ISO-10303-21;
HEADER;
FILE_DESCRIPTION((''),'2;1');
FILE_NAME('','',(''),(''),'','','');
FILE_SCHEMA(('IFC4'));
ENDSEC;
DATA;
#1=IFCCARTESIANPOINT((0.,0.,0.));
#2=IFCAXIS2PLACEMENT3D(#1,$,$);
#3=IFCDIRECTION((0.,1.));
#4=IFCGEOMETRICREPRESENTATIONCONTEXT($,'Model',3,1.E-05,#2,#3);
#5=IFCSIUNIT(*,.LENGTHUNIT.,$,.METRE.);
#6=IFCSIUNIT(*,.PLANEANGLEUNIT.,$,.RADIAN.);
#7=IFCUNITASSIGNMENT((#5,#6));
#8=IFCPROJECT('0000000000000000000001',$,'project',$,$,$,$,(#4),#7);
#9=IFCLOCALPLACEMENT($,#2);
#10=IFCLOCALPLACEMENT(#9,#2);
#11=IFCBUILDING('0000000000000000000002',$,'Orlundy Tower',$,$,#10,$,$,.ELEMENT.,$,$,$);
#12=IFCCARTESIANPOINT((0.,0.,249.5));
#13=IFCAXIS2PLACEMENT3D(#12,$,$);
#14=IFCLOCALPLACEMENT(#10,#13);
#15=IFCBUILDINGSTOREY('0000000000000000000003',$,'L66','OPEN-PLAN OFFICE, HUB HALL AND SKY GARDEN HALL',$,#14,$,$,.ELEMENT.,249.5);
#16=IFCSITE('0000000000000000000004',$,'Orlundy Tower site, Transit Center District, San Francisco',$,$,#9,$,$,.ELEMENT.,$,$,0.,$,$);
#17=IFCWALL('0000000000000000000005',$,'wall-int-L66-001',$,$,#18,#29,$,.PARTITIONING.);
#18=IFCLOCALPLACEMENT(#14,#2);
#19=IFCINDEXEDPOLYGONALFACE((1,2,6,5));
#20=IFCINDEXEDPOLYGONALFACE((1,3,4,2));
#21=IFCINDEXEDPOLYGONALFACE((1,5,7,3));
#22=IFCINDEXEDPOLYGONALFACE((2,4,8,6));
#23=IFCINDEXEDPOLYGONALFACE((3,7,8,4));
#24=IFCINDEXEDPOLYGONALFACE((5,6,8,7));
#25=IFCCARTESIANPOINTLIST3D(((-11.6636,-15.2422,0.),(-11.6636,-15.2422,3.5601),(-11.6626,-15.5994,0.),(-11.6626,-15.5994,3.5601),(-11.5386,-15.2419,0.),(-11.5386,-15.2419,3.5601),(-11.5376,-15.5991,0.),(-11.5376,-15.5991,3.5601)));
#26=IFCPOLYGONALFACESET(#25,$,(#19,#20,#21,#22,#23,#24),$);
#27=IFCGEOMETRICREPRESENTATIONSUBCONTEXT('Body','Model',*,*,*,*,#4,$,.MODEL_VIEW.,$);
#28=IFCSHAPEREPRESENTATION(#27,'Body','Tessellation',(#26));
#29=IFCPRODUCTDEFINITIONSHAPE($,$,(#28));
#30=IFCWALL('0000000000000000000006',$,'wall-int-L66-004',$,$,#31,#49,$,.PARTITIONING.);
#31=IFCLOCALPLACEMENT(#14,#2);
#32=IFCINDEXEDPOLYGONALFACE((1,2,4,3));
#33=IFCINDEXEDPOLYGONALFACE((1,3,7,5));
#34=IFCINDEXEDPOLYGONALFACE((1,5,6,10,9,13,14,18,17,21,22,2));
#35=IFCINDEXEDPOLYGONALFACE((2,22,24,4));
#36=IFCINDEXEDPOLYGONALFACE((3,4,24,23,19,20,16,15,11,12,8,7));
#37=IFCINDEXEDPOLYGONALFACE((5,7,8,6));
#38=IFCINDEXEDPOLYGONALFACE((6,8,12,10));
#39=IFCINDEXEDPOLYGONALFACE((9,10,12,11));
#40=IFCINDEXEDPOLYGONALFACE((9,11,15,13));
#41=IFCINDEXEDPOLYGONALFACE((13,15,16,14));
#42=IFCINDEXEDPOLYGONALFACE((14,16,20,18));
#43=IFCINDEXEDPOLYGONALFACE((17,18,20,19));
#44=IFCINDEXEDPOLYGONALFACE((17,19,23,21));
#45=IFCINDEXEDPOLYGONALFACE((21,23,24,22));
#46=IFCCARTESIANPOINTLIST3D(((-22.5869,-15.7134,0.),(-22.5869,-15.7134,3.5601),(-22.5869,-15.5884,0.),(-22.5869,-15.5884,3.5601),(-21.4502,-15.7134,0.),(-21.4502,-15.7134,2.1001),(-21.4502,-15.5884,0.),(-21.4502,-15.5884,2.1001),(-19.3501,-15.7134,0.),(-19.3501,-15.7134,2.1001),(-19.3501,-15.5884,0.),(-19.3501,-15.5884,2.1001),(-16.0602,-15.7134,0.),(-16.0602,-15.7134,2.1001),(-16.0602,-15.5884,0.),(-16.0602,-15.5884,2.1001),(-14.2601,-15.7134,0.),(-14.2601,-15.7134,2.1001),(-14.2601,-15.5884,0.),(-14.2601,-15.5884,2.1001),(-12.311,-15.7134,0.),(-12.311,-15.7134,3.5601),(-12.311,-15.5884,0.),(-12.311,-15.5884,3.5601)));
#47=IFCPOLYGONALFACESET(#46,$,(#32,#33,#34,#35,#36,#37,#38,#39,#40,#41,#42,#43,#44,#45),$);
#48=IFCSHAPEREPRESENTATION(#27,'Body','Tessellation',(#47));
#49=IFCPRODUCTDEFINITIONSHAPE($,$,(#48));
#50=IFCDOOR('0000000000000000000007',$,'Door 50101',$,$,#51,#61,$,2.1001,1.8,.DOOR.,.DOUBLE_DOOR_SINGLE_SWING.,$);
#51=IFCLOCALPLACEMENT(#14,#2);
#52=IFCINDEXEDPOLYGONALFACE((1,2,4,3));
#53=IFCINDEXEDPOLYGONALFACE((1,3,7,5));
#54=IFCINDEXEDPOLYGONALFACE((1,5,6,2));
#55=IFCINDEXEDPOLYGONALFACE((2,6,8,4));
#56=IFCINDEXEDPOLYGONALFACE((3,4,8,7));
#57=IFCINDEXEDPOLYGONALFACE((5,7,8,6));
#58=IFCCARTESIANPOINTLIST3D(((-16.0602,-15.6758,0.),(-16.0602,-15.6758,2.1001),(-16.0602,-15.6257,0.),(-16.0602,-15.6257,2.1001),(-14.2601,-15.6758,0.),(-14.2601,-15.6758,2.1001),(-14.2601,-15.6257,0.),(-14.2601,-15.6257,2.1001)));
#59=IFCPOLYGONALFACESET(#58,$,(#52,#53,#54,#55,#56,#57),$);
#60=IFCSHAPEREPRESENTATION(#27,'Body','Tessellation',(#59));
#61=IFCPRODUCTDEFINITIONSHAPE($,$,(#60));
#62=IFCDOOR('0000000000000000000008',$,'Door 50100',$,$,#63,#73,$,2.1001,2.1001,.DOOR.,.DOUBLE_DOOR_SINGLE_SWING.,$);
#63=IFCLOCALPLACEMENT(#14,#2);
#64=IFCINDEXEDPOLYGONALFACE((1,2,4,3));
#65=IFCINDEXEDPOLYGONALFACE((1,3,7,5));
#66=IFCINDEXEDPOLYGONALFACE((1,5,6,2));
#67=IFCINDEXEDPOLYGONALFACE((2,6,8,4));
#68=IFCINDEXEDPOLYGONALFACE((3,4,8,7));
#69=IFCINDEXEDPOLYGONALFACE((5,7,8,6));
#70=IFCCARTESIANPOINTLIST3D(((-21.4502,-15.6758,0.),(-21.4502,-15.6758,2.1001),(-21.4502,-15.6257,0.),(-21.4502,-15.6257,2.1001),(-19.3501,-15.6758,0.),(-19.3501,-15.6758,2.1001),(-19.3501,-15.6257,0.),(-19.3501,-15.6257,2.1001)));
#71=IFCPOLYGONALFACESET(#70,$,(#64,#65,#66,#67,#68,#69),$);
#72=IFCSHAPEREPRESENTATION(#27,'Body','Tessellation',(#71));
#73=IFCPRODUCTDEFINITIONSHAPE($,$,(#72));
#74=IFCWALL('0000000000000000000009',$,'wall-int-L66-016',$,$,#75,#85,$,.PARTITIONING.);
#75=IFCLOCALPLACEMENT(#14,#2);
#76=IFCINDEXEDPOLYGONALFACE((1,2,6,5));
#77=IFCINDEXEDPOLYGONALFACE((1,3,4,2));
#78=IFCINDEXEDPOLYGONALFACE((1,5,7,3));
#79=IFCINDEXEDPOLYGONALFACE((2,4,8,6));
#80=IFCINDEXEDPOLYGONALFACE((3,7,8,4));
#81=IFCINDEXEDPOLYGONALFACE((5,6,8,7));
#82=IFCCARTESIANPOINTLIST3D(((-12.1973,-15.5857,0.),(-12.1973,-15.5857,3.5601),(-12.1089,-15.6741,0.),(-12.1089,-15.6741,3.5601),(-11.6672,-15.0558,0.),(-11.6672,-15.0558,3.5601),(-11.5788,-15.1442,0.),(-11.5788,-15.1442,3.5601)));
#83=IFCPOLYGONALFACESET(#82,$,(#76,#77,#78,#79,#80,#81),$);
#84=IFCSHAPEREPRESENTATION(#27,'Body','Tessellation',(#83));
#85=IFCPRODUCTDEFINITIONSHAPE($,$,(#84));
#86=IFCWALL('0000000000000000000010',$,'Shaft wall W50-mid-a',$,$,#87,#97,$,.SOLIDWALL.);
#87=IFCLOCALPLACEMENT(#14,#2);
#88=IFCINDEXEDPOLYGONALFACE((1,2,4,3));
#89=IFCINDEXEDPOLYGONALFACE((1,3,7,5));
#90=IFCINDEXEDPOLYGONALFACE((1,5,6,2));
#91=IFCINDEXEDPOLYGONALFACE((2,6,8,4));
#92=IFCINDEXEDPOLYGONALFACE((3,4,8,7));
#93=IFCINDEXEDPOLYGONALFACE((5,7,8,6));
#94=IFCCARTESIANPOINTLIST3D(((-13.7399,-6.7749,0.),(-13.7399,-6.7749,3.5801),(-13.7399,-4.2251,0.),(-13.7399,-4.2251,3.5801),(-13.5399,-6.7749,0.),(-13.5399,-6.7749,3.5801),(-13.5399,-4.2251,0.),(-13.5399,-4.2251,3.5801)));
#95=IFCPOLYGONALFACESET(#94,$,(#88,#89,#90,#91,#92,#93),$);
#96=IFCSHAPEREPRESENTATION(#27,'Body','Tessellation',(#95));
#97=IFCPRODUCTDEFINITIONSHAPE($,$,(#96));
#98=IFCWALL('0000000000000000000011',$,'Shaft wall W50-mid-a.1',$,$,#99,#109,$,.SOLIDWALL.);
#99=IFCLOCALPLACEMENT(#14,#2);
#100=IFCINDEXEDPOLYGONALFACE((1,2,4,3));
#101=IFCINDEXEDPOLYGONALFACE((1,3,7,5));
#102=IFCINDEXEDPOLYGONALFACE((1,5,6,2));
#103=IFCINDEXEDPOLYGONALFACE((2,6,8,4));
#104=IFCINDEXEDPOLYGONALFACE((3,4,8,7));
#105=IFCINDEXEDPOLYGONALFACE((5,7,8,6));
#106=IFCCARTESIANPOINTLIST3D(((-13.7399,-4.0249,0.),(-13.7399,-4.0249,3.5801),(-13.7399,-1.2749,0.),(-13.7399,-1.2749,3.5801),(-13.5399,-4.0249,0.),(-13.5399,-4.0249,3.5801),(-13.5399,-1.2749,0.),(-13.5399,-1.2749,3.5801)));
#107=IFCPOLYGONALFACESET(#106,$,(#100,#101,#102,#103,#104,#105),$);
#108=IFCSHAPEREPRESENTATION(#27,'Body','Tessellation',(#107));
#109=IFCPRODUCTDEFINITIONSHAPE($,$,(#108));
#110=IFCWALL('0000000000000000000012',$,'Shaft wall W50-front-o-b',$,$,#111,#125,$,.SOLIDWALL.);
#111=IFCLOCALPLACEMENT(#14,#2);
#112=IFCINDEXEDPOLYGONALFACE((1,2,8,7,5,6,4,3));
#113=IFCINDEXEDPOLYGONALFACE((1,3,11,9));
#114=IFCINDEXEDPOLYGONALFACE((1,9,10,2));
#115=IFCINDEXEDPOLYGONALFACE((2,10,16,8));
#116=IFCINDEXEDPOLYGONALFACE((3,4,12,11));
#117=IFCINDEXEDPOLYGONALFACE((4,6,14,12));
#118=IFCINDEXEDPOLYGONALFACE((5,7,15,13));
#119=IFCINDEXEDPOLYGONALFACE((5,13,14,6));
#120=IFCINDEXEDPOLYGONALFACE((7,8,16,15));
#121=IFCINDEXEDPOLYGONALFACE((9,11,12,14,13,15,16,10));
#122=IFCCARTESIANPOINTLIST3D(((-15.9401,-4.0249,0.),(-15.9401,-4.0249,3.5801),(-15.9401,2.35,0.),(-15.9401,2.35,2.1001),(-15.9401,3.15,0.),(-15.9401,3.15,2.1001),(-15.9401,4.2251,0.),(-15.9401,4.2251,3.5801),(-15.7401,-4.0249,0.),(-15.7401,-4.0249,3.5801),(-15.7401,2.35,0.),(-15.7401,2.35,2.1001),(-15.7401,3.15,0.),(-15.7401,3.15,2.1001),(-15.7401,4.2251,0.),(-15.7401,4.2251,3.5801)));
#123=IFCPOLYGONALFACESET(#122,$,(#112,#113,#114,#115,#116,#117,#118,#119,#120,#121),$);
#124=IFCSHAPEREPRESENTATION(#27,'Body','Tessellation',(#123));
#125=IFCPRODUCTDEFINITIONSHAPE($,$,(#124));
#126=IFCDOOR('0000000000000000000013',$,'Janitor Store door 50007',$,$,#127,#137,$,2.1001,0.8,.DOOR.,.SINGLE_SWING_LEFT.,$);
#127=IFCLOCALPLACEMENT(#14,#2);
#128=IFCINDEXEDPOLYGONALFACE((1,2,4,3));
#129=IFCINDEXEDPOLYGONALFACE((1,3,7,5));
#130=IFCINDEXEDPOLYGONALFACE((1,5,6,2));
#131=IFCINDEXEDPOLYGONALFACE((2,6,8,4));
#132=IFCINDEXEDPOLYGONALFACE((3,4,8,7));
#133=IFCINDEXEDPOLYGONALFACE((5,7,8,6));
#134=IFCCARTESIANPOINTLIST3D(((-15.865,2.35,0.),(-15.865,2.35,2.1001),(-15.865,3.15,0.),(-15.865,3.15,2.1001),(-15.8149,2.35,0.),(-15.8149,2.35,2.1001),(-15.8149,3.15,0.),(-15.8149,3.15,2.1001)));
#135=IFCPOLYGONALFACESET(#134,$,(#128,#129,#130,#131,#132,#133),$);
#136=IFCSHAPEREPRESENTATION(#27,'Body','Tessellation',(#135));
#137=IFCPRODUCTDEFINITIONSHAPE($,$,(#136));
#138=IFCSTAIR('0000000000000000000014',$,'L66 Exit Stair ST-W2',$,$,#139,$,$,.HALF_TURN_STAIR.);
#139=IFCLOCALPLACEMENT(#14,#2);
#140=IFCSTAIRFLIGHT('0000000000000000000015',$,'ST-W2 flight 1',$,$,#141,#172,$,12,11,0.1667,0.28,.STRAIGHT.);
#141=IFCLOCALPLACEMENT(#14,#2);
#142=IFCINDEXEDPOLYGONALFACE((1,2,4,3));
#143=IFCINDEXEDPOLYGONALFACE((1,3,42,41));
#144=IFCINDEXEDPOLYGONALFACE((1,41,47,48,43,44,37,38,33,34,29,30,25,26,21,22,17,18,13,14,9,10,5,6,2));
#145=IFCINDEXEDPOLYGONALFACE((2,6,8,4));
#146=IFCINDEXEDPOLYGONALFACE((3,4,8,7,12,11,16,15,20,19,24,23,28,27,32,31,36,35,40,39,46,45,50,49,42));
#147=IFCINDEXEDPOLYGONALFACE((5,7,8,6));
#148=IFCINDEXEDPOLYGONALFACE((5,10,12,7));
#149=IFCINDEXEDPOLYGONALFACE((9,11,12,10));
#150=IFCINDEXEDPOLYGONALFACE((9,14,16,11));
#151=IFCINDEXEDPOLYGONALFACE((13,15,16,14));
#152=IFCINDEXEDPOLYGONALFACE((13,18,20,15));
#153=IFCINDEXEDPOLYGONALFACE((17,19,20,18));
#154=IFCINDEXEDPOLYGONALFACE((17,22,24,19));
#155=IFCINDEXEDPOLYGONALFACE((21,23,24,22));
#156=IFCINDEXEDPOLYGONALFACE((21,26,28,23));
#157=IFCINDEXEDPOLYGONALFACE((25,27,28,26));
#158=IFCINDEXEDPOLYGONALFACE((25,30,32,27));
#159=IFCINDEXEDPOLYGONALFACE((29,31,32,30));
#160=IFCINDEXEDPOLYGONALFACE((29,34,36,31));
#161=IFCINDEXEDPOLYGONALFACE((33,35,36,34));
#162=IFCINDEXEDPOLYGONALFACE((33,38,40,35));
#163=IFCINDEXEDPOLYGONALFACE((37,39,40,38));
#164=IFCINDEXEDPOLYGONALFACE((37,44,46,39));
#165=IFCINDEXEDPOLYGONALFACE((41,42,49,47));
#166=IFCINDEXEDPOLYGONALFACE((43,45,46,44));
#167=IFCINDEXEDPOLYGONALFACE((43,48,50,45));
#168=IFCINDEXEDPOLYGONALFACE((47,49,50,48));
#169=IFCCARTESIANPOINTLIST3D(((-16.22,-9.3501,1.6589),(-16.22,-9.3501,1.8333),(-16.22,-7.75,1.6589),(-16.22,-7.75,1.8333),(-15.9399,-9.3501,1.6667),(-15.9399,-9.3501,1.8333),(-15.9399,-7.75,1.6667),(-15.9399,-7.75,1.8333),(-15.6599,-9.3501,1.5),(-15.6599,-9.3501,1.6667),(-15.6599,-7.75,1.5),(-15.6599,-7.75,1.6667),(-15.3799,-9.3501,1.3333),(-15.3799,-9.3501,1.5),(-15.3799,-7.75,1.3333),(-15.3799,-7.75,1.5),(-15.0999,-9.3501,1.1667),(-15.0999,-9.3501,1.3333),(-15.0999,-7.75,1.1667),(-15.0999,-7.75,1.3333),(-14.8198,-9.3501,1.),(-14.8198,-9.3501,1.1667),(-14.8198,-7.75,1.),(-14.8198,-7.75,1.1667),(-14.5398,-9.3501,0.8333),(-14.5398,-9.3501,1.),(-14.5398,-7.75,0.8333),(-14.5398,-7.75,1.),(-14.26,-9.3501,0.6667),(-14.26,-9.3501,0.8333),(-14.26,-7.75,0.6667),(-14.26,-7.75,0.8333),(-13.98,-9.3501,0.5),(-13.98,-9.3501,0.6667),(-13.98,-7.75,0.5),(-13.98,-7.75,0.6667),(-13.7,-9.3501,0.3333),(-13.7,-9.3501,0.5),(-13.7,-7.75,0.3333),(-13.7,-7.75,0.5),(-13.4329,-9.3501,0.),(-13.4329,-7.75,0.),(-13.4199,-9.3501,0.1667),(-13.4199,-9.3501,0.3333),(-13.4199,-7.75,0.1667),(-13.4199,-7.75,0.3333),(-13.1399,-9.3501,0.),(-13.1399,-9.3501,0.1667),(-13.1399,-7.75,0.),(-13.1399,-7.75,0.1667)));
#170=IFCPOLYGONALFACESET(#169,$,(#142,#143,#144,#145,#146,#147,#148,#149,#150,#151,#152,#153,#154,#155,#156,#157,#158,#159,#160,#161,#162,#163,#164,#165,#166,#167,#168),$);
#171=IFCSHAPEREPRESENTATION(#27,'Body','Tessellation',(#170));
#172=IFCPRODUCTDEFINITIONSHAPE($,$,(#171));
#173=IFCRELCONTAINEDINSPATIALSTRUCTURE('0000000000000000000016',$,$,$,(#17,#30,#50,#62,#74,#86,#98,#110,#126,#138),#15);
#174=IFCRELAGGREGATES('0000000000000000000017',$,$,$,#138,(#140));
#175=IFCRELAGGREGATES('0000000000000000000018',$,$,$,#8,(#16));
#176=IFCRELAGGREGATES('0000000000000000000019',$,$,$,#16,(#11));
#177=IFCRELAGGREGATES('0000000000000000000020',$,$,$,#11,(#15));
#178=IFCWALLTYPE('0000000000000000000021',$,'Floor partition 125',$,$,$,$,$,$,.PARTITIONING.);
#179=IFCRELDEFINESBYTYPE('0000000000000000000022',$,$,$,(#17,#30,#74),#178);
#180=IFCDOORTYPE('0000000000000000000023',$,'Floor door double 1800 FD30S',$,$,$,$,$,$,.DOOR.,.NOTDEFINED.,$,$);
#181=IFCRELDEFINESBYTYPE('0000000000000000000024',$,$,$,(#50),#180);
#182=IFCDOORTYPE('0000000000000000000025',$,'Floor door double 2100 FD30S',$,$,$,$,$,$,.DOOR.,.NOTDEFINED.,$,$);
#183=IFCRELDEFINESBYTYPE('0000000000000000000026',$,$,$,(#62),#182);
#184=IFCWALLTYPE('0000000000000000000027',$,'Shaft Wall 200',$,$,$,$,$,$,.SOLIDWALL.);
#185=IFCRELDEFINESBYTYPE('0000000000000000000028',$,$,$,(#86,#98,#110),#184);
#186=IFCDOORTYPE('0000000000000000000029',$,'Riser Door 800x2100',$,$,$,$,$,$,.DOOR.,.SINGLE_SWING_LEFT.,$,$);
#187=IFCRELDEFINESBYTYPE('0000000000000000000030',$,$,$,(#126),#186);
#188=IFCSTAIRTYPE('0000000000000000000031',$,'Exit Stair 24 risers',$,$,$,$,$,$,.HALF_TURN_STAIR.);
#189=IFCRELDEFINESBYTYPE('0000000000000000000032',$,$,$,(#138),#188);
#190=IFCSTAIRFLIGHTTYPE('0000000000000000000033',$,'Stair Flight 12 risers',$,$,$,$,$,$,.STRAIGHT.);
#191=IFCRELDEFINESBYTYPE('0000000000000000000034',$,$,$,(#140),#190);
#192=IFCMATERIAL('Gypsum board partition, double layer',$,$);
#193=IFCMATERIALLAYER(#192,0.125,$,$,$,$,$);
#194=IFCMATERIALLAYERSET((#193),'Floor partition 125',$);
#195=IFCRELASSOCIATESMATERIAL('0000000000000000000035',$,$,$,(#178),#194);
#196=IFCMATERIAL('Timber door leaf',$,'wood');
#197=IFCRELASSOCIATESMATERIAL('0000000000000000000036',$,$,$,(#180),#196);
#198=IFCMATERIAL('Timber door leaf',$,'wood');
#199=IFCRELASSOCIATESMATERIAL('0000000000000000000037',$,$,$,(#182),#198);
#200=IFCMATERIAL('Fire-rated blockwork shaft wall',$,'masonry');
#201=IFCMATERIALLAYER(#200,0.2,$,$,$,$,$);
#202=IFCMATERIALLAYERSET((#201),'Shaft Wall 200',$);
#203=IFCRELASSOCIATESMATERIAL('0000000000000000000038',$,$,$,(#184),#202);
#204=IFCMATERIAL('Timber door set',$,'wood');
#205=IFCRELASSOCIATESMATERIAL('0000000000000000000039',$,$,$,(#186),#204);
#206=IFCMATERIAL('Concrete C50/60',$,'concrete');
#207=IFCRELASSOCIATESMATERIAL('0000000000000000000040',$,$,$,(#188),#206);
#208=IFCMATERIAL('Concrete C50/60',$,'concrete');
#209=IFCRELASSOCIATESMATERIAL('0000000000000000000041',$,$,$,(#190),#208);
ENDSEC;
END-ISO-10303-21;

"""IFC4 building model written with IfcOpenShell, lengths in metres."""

from ifc_helpers import new_model, si_unit, direction, frame, frame_2d, origin, place, context, subcontext, project, spatial, polyline, rectangle, outline, extrude, material, layer, layer_set, type_object, element, fill, aggregate, save


model = new_model("IFC4")

# Units and contexts
model_context = context("Model", 3, precision=1e-05, world=origin(), true_north=direction((0.0, 1.0)))
body_context = subcontext(model_context, "Body", "Model", "MODEL_VIEW")
ifc_project = project(units=[si_unit("LENGTHUNIT", "METRE"), si_unit("PLANEANGLEUNIT", "RADIAN")], contexts=[model_context])

# Site, building, storey
site_placement = place(None, origin())
site = spatial("IfcSite", under=ifc_project, at=site_placement, Name="Orlundy Tower site, Transit Center District, San Francisco", CompositionType="ELEMENT", RefElevation=0.0)
building_placement = place(site_placement, origin())
building = spatial("IfcBuilding", under=site, at=building_placement, Name="Orlundy Tower", CompositionType="ELEMENT")
storey_placement = place(building_placement, frame((0.0, 0.0, 249.5)))
storey = spatial("IfcBuildingStorey", under=building, at=storey_placement, Name="L66", Description="OPEN-PLAN OFFICE, HUB HALL AND SKY GARDEN HALL", CompositionType="ELEMENT", Elevation=249.5)

# Wall
ifc_material_1 = material(Name="Gypsum board partition, double layer")
ifc_layer_1 = layer(ifc_material_1, 0.125)
ifc_layer_set_1 = layer_set([ifc_layer_1], Name="Floor partition 125")
wall_type_1 = type_object("IfcWallType", Name="Floor partition 125", PredefinedType="PARTITIONING", material=ifc_layer_set_1)
wall_1_placement = place(storey_placement, frame((-11.6011, -15.2419, 0.0), z_axis=(0.0, 0.0, 1.0), x_axis=(0.002734, -0.999996, 0.0)))
element("IfcWall", 1, at=wall_1_placement, inside=storey, type_object=wall_type_1, Name="wall-int-L66-001", PredefinedType="PARTITIONING", context=body_context, shape_type="SweptSolid", body=[
    extrude(rectangle(XDim=0.3572, YDim=0.125, at=frame_2d((0.1787, 0.0))), origin(), (0.0, 0.0, 1.0), 3.5601),
])

# Wall, openings, doors
wall_2_placement = place(storey_placement, frame((-12.311, -15.6509, 0.0), z_axis=(0.0, 0.0, 1.0), x_axis=(-1.0, 0.0, 0.0)))
wall_2 = element("IfcWall", 2, at=wall_2_placement, inside=storey, type_object=wall_type_1, Name="wall-int-L66-004", PredefinedType="PARTITIONING", context=body_context, shape_type="SweptSolid", body=[
    extrude(rectangle(XDim=10.2759, YDim=0.125, at=frame_2d((5.1379, 0.0))), origin(), (0.0, 0.0, 1.0), 3.5601),
])
opening_1_placement = place(wall_2_placement, frame((7.0391, 0.0, 0.0)))
opening_1 = element("IfcOpeningElement", 3, at=opening_1_placement, cuts=wall_2, PredefinedType="OPENING", context=body_context, shape_type="SweptSolid", body=[
    extrude(rectangle(XDim=2.1001, YDim=2.1001, at=frame_2d((1.05, 1.05))), frame((0.0, 0.0725, 0.0), z_axis=(0.0, -1.0, 0.0), x_axis=(1.0, 0.0, 0.0)), (0.0, 0.0, 1.0), 0.145),
])
opening_2_placement = place(wall_2_placement, frame((1.9492, 0.0, 0.0)))
opening_2 = element("IfcOpeningElement", 4, at=opening_2_placement, cuts=wall_2, PredefinedType="OPENING", context=body_context, shape_type="SweptSolid", body=[
    extrude(rectangle(XDim=1.8, YDim=2.1001, at=frame_2d((0.8999, 1.05))), frame((0.0, 0.0725, 0.0), z_axis=(0.0, -1.0, 0.0), x_axis=(1.0, 0.0, 0.0)), (0.0, 0.0, 1.0), 0.145),
])
ifc_material_2 = material(Name="Timber door leaf", Category="wood")
door_type_1 = type_object("IfcDoorType", Name="Floor door double 1800 FD30S", OperationType="NOTDEFINED", PredefinedType="DOOR", material=ifc_material_2)
door_1_placement = place(opening_2_placement, origin())
door_1 = element("IfcDoor", 5, at=door_1_placement, inside=storey, type_object=door_type_1, Name="Door 50101", OperationType="DOUBLE_DOOR_SINGLE_SWING", OverallHeight=2.1001, OverallWidth=1.8, PredefinedType="DOOR", context=body_context, shape_type="SweptSolid", body=[
    extrude(rectangle(XDim=1.8, YDim=2.1001, at=frame_2d((0.8999, 1.05))), frame((0.0, 0.0249, 0.0), z_axis=(0.0, -1.0, 0.0), x_axis=(1.0, 0.0, 0.0)), (0.0, 0.0, 1.0), 0.05),
])
fill(opening_2, door_1)
ifc_material_3 = material(Name="Timber door leaf", Category="wood")
door_type_2 = type_object("IfcDoorType", Name="Floor door double 2100 FD30S", OperationType="NOTDEFINED", PredefinedType="DOOR", material=ifc_material_3)
door_2_placement = place(opening_1_placement, origin())
door_2 = element("IfcDoor", 6, at=door_2_placement, inside=storey, type_object=door_type_2, Name="Door 50100", OperationType="DOUBLE_DOOR_SINGLE_SWING", OverallHeight=2.1001, OverallWidth=2.1001, PredefinedType="DOOR", context=body_context, shape_type="SweptSolid", body=[
    extrude(rectangle(XDim=2.1001, YDim=2.1001, at=frame_2d((1.05, 1.05))), frame((0.0, 0.0249, 0.0), z_axis=(0.0, -1.0, 0.0), x_axis=(1.0, 0.0, 0.0)), (0.0, 0.0, 1.0), 0.05),
])
fill(opening_1, door_2)

# Walls
wall_3_placement = place(storey_placement, frame((-12.1531, -15.6299, 0.0), z_axis=(0.0, 0.0, 1.0), x_axis=(0.70727, 0.706944, 0.0)))
element("IfcWall", 7, at=wall_3_placement, inside=storey, type_object=wall_type_1, Name="wall-int-L66-016", PredefinedType="PARTITIONING", context=body_context, shape_type="SweptSolid", body=[
    extrude(rectangle(XDim=0.7495, YDim=0.125, at=frame_2d((0.3748, 0.0))), origin(), (0.0, 0.0, 1.0), 3.5601),
])
ifc_material_4 = material(Name="Fire-rated blockwork shaft wall", Category="masonry")
ifc_layer_2 = layer(ifc_material_4, 0.2)
ifc_layer_set_2 = layer_set([ifc_layer_2], Name="Shaft Wall 200")
wall_type_2 = type_object("IfcWallType", Name="Shaft Wall 200", PredefinedType="SOLIDWALL", material=ifc_layer_set_2)
wall_4_placement = place(storey_placement, frame((-13.6399, -6.7749, 0.0), z_axis=(0.0, 0.0, 1.0), x_axis=(0.0, 1.0, 0.0)))
element("IfcWall", 8, at=wall_4_placement, inside=storey, type_object=wall_type_2, Name="Shaft wall W50-mid-a", PredefinedType="SOLIDWALL", context=body_context, shape_type="SweptSolid", body=[
    extrude(rectangle(XDim=2.5498, YDim=0.2, at=frame_2d((1.2749, 0.0))), origin(), (0.0, 0.0, 1.0), 3.5801),
])
wall_5_placement = place(storey_placement, frame((-13.6399, -4.0249, 0.0), z_axis=(0.0, 0.0, 1.0), x_axis=(0.0, 1.0, 0.0)))
element("IfcWall", 9, at=wall_5_placement, inside=storey, type_object=wall_type_2, Name="Shaft wall W50-mid-a.1", PredefinedType="SOLIDWALL", context=body_context, shape_type="SweptSolid", body=[
    extrude(rectangle(XDim=2.75, YDim=0.2, at=frame_2d((1.375, 0.0))), origin(), (0.0, 0.0, 1.0), 3.5801),
])

# Wall, opening, door
wall_6_placement = place(storey_placement, frame((-15.8401, -4.0249, 0.0), z_axis=(0.0, 0.0, 1.0), x_axis=(0.0, 1.0, 0.0)))
wall_6 = element("IfcWall", 10, at=wall_6_placement, inside=storey, type_object=wall_type_2, Name="Shaft wall W50-front-o-b", PredefinedType="SOLIDWALL", context=body_context, shape_type="SweptSolid", body=[
    extrude(rectangle(XDim=8.25, YDim=0.2, at=frame_2d((4.125, 0.0))), origin(), (0.0, 0.0, 1.0), 3.5801),
])
opening_3_placement = place(wall_6_placement, frame((6.375, 0.0, 0.0)))
opening_3 = element("IfcOpeningElement", 11, at=opening_3_placement, cuts=wall_6, PredefinedType="OPENING", context=body_context, shape_type="SweptSolid", body=[
    extrude(rectangle(XDim=0.8, YDim=2.1001, at=frame_2d((0.3999, 1.05))), frame((0.0, 0.1101, 0.0), z_axis=(0.0, -1.0, 0.0), x_axis=(1.0, 0.0, 0.0)), (0.0, 0.0, 1.0), 0.2202),
])
ifc_material_5 = material(Name="Timber door set", Category="wood")
door_type_3 = type_object("IfcDoorType", Name="Riser Door 800x2100", OperationType="SINGLE_SWING_LEFT", PredefinedType="DOOR", material=ifc_material_5)
door_3_placement = place(opening_3_placement, origin())
door_3 = element("IfcDoor", 12, at=door_3_placement, inside=storey, type_object=door_type_3, Name="Janitor Store door 50007", OperationType="SINGLE_SWING_LEFT", OverallHeight=2.1001, OverallWidth=0.8, PredefinedType="DOOR", context=body_context, shape_type="SweptSolid", body=[
    extrude(rectangle(XDim=0.8, YDim=2.1001, at=frame_2d((0.3999, 1.05))), frame((0.0, 0.0249, 0.0), z_axis=(0.0, -1.0, 0.0), x_axis=(1.0, 0.0, 0.0)), (0.0, 0.0, 1.0), 0.05),
])
fill(opening_3, door_3)

# Stair, stair flight
ifc_material_6 = material(Name="Concrete C50/60", Category="concrete")
stair_type = type_object("IfcStairType", Name="Exit Stair 24 risers", PredefinedType="HALF_TURN_STAIR", material=ifc_material_6)
stair_placement = place(storey_placement, origin())
stair = element("IfcStair", 13, at=stair_placement, inside=storey, type_object=stair_type, Name="L66 Exit Stair ST-W2", PredefinedType="HALF_TURN_STAIR")
ifc_material_7 = material(Name="Concrete C50/60", Category="concrete")
stair_flight_type = type_object("IfcStairFlightType", Name="Stair Flight 12 risers", PredefinedType="STRAIGHT", material=ifc_material_7)
stair_flight_1_placement = place(storey_placement, frame((-13.1399, -8.55, 0.0), z_axis=(0.0, 0.0, 1.0), x_axis=(-1.0, 0.0, 0.0)))
stair_flight_1 = element("IfcStairFlight", 14, at=stair_flight_1_placement, type_object=stair_flight_type, Name="ST-W2 flight 1", NumberOfRisers=12, NumberOfTreads=11, PredefinedType="STRAIGHT", RiserHeight=0.1667, TreadLength=0.28, context=body_context, shape_type="SweptSolid", body=[
    extrude(outline(polyline([(0.0, 0.0), (0.0, 0.1667), (0.28, 0.1667), (0.28, 0.3333), (0.5601, 0.3333), (0.5601, 0.5), (0.8401, 0.5), (0.8401, 0.6667), (1.1201, 0.6667), (1.1201, 0.8333), (1.3999, 0.8333), (1.3999, 1.0), (1.6799, 1.0), (1.6799, 1.1667), (1.96, 1.1667), (1.96, 1.3333), (2.24, 1.3333), (2.24, 1.5), (2.52, 1.5), (2.52, 1.6667), (2.8, 1.6667), (2.8, 1.8333), (3.0801, 1.8333), (3.0801, 2.0), (3.0801, 1.6589), (0.293, 0.0), (0.0, 0.0)])), frame((0.0, 0.8, 0.0), z_axis=(0.0, -1.0, 0.0), x_axis=(1.0, 0.0, 0.0)), (0.0, 0.0, 1.0), 1.6001),
])
aggregate(stair, [stair_flight_1])

save(model, "model.ifc")
